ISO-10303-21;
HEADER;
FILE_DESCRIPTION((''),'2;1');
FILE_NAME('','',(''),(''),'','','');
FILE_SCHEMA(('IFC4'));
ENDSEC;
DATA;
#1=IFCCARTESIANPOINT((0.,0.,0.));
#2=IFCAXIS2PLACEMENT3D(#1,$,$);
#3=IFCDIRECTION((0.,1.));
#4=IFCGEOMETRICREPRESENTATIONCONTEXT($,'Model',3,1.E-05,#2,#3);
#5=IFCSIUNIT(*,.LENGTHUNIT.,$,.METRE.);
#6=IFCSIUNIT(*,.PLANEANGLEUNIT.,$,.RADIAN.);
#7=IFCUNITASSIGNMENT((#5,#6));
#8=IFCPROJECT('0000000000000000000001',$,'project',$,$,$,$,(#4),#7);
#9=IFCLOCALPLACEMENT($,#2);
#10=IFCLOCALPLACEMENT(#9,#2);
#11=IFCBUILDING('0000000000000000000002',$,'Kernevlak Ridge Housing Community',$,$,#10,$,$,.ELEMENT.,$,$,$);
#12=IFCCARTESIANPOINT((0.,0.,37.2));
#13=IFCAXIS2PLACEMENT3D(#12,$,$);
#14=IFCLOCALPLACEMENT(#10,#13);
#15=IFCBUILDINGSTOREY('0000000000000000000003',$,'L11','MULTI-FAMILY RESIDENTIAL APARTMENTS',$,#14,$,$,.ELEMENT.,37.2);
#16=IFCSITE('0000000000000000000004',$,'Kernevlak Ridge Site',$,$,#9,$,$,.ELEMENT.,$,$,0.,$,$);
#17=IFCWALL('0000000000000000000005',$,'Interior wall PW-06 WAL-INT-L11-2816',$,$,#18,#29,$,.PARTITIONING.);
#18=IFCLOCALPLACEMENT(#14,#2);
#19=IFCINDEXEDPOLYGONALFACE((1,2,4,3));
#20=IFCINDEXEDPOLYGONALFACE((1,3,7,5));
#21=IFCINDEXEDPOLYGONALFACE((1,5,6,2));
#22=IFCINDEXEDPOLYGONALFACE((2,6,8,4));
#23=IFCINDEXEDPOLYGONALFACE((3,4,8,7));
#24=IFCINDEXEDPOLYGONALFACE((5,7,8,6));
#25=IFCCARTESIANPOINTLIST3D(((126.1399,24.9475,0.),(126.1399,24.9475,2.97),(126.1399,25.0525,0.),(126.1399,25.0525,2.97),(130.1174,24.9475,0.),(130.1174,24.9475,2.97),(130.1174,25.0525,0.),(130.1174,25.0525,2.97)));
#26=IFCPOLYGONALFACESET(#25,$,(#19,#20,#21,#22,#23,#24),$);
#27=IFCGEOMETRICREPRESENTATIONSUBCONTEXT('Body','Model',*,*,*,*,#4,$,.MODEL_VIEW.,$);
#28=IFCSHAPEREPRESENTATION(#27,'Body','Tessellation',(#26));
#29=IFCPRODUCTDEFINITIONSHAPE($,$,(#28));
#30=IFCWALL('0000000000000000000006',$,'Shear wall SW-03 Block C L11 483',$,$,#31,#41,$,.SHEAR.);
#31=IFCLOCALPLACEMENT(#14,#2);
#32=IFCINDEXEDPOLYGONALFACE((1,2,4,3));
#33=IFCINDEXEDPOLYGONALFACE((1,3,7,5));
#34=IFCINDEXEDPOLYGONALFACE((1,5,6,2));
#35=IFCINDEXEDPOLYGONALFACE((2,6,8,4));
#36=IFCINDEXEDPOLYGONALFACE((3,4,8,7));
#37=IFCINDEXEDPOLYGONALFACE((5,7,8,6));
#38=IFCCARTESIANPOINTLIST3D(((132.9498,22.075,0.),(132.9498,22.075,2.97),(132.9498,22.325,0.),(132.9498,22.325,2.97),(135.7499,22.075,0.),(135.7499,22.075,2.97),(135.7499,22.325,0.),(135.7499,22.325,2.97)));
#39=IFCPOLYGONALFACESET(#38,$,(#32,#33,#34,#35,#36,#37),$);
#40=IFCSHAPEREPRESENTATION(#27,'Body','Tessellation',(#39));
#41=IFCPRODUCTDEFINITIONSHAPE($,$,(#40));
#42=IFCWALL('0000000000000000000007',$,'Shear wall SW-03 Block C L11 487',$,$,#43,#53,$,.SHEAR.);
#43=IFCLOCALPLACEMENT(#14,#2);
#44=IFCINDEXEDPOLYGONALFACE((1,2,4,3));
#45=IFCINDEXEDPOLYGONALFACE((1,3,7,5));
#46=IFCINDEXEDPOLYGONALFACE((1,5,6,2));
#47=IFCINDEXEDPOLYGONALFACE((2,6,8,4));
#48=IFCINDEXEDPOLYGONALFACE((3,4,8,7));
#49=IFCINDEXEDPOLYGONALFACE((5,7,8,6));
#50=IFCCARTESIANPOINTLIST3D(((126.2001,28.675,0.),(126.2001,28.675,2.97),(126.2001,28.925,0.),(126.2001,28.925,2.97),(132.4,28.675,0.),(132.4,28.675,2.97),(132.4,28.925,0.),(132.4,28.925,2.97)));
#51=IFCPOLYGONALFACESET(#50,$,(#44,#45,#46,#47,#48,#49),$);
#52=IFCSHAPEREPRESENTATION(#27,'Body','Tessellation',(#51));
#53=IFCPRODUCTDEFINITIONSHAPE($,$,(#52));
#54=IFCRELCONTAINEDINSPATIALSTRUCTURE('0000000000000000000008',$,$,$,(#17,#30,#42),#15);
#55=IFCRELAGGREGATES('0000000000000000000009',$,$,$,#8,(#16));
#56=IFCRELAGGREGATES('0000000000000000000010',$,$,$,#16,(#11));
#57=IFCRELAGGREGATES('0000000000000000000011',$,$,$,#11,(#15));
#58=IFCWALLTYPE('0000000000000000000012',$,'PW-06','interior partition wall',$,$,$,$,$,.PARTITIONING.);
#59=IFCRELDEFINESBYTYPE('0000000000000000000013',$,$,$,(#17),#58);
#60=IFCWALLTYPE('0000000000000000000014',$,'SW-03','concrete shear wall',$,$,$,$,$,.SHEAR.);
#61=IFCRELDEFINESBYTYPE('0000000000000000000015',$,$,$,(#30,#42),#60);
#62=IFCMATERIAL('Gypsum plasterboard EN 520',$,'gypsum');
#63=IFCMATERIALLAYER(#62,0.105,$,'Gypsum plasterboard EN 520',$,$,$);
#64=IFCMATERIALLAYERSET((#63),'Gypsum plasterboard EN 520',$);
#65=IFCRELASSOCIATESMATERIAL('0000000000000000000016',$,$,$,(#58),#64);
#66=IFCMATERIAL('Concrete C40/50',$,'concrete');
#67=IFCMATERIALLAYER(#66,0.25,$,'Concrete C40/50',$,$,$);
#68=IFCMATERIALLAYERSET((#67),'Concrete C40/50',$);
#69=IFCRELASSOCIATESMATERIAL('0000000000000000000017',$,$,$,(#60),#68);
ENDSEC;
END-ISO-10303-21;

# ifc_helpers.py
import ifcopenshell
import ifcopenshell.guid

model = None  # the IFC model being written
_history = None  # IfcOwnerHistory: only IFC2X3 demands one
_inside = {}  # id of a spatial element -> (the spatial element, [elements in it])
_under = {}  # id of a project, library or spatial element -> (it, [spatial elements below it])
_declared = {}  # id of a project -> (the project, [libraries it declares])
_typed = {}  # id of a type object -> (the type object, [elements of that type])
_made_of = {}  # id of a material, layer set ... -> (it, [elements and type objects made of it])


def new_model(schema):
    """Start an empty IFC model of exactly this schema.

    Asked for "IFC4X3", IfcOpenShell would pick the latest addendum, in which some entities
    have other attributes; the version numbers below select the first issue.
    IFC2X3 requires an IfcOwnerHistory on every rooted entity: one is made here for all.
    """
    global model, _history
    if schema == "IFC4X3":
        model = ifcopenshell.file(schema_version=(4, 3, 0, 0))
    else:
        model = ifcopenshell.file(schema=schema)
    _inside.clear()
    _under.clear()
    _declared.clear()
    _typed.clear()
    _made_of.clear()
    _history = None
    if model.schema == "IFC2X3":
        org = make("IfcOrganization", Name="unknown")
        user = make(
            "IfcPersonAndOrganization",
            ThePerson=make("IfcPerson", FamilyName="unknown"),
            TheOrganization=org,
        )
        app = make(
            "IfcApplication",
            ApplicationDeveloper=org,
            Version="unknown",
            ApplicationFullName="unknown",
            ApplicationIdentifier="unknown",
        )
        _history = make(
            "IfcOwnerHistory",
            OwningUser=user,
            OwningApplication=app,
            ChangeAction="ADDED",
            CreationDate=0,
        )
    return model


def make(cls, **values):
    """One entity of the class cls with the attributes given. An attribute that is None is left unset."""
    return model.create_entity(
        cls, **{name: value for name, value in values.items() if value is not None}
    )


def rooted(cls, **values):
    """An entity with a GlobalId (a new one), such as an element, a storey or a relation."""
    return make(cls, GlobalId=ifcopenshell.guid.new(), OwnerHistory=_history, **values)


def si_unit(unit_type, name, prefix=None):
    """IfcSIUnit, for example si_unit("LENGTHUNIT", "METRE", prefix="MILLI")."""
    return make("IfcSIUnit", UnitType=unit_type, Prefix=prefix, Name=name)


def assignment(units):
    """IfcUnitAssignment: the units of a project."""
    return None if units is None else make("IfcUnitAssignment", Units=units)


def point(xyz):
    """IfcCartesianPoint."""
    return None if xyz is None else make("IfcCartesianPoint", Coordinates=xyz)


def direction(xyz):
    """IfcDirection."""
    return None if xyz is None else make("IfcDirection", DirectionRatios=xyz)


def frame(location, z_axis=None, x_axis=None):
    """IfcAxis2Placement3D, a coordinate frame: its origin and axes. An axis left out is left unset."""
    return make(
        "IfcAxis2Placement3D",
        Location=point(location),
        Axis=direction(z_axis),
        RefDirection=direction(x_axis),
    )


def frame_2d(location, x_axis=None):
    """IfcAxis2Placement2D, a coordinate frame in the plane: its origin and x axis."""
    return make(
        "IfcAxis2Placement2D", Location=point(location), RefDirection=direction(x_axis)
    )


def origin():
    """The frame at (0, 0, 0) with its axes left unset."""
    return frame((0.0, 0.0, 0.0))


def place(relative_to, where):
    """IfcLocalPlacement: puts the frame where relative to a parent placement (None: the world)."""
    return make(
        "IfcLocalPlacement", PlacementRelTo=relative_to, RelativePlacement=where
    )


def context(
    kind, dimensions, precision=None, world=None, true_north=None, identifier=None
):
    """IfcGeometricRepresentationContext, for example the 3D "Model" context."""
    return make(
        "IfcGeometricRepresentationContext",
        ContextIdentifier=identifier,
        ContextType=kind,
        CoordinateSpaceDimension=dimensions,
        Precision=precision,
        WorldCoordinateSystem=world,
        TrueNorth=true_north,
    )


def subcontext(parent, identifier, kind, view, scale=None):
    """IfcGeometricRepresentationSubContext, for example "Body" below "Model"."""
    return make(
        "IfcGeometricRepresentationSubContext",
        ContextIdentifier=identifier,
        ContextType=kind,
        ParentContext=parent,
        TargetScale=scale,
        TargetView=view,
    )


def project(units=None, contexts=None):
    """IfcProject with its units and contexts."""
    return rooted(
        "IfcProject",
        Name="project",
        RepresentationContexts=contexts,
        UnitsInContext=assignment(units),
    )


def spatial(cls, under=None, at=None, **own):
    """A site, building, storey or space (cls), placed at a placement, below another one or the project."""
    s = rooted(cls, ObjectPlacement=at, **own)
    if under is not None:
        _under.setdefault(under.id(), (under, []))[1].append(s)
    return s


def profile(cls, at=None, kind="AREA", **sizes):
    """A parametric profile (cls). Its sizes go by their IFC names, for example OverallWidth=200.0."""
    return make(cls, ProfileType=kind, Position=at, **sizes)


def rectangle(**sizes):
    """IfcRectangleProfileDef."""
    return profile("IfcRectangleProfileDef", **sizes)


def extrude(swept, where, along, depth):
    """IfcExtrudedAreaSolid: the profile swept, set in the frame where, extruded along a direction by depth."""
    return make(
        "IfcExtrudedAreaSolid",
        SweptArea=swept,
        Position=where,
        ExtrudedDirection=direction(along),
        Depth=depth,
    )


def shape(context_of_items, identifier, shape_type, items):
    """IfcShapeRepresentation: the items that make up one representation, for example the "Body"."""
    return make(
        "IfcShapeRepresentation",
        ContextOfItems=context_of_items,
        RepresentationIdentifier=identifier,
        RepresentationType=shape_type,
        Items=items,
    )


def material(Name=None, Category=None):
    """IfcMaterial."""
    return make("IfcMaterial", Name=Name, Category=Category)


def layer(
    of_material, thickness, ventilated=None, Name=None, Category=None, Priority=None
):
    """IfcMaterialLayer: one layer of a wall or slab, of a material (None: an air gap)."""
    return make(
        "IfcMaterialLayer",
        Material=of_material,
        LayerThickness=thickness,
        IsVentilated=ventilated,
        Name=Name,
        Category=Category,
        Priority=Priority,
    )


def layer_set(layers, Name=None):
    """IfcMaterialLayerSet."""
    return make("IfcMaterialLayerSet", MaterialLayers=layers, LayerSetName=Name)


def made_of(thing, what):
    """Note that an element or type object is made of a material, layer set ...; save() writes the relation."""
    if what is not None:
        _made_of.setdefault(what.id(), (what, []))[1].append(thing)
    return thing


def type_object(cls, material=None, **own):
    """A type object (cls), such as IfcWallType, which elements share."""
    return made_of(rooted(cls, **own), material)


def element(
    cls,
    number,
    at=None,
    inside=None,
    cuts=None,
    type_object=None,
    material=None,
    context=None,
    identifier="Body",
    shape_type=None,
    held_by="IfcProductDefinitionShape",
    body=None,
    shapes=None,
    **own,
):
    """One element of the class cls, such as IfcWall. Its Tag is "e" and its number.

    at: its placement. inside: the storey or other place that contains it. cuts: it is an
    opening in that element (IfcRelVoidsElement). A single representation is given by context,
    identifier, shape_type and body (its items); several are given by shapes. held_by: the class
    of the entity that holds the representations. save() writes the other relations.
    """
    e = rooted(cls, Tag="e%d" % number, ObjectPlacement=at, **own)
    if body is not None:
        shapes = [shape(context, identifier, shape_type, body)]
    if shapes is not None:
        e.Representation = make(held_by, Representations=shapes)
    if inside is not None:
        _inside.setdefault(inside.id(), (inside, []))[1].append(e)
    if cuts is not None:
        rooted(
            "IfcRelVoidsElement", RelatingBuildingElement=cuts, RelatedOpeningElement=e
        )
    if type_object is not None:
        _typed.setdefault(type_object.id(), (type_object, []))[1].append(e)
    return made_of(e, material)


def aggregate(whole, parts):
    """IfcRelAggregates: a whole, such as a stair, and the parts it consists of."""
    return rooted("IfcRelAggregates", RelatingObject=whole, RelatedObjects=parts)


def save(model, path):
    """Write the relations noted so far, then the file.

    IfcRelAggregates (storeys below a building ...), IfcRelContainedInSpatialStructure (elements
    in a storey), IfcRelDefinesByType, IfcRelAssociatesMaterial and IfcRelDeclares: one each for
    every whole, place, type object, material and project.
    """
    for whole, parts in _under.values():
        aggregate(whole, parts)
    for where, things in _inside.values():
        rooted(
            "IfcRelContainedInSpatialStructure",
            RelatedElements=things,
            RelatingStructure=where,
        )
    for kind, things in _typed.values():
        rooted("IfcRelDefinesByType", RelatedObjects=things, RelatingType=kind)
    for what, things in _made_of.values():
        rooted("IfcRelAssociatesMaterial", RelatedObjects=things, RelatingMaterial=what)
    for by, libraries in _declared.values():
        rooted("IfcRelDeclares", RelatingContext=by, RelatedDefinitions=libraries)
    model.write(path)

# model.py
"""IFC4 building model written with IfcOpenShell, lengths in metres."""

from ifc_helpers import new_model, si_unit, direction, frame, frame_2d, origin, place, context, subcontext, project, spatial, rectangle, extrude, material, layer, layer_set, type_object, element, save


model = new_model("IFC4")

# Units and contexts
model_context = context("Model", 3, precision=1e-05, world=origin(), true_north=direction((0.0, 1.0)))
body_context = subcontext(model_context, "Body", "Model", "MODEL_VIEW")
ifc_project = project(units=[si_unit("LENGTHUNIT", "METRE"), si_unit("PLANEANGLEUNIT", "RADIAN")], contexts=[model_context])

# Site, building, storey
site_placement = place(None, origin())
site = spatial("IfcSite", under=ifc_project, at=site_placement, Name="Kernevlak Ridge Site", CompositionType="ELEMENT", RefElevation=0.0)
building_placement = place(site_placement, origin())
building = spatial("IfcBuilding", under=site, at=building_placement, Name="Kernevlak Ridge Housing Community", CompositionType="ELEMENT")
storey_placement = place(building_placement, frame((0.0, 0.0, 37.2)))
storey = spatial("IfcBuildingStorey", under=building, at=storey_placement, Name="L11", Description="MULTI-FAMILY RESIDENTIAL APARTMENTS", CompositionType="ELEMENT", Elevation=37.2)

# Shared definitions
ifc_material_1 = material(Name="Gypsum plasterboard EN 520", Category="gypsum")

# Walls
ifc_layer_1 = layer(ifc_material_1, 0.105, Name="Gypsum plasterboard EN 520")
ifc_layer_set_1 = layer_set([ifc_layer_1], Name="Gypsum plasterboard EN 520")
wall_type_1 = type_object("IfcWallType", Name="PW-06", Description="interior partition wall", PredefinedType="PARTITIONING", material=ifc_layer_set_1)
wall_1_placement = place(storey_placement, frame((130.1174, 25.0, 0.0), z_axis=(0.0, 0.0, 1.0), x_axis=(-1.0, 0.0, 0.0)))
element("IfcWall", 1, at=wall_1_placement, inside=storey, type_object=wall_type_1, Name="Interior wall PW-06 WAL-INT-L11-2816", PredefinedType="PARTITIONING", context=body_context, shape_type="SweptSolid", body=[
    extrude(rectangle(XDim=3.9775, YDim=0.105, at=frame_2d((1.9888, 0.0))), origin(), (0.0, 0.0, 1.0), 2.97),
])
ifc_material_2 = material(Name="Concrete C40/50", Category="concrete")
ifc_layer_2 = layer(ifc_material_2, 0.25, Name="Concrete C40/50")
ifc_layer_set_2 = layer_set([ifc_layer_2], Name="Concrete C40/50")
wall_type_2 = type_object("IfcWallType", Name="SW-03", Description="concrete shear wall", PredefinedType="SHEAR", material=ifc_layer_set_2)
wall_2_placement = place(storey_placement, frame((132.95, 22.2, 0.0), z_axis=(0.0, 0.0, 1.0), x_axis=(1.0, 0.0, 0.0)))
element("IfcWall", 2, at=wall_2_placement, inside=storey, type_object=wall_type_2, Name="Shear wall SW-03 Block C L11 483", PredefinedType="SHEAR", context=body_context, shape_type="SweptSolid", body=[
    extrude(rectangle(XDim=2.8, YDim=0.25, at=frame_2d((1.3999, 0.0))), origin(), (0.0, 0.0, 1.0), 2.97),
])
wall_3_placement = place(storey_placement, frame((126.2, 28.8, 0.0), z_axis=(0.0, 0.0, 1.0), x_axis=(1.0, 0.0, 0.0)))
element("IfcWall", 3, at=wall_3_placement, inside=storey, type_object=wall_type_2, Name="Shear wall SW-03 Block C L11 487", PredefinedType="SHEAR", context=body_context, shape_type="SweptSolid", body=[
    extrude(rectangle(XDim=6.2, YDim=0.25, at=frame_2d((3.1001, 0.0))), origin(), (0.0, 0.0, 1.0), 2.97),
])

save(model, "model.ifc")
